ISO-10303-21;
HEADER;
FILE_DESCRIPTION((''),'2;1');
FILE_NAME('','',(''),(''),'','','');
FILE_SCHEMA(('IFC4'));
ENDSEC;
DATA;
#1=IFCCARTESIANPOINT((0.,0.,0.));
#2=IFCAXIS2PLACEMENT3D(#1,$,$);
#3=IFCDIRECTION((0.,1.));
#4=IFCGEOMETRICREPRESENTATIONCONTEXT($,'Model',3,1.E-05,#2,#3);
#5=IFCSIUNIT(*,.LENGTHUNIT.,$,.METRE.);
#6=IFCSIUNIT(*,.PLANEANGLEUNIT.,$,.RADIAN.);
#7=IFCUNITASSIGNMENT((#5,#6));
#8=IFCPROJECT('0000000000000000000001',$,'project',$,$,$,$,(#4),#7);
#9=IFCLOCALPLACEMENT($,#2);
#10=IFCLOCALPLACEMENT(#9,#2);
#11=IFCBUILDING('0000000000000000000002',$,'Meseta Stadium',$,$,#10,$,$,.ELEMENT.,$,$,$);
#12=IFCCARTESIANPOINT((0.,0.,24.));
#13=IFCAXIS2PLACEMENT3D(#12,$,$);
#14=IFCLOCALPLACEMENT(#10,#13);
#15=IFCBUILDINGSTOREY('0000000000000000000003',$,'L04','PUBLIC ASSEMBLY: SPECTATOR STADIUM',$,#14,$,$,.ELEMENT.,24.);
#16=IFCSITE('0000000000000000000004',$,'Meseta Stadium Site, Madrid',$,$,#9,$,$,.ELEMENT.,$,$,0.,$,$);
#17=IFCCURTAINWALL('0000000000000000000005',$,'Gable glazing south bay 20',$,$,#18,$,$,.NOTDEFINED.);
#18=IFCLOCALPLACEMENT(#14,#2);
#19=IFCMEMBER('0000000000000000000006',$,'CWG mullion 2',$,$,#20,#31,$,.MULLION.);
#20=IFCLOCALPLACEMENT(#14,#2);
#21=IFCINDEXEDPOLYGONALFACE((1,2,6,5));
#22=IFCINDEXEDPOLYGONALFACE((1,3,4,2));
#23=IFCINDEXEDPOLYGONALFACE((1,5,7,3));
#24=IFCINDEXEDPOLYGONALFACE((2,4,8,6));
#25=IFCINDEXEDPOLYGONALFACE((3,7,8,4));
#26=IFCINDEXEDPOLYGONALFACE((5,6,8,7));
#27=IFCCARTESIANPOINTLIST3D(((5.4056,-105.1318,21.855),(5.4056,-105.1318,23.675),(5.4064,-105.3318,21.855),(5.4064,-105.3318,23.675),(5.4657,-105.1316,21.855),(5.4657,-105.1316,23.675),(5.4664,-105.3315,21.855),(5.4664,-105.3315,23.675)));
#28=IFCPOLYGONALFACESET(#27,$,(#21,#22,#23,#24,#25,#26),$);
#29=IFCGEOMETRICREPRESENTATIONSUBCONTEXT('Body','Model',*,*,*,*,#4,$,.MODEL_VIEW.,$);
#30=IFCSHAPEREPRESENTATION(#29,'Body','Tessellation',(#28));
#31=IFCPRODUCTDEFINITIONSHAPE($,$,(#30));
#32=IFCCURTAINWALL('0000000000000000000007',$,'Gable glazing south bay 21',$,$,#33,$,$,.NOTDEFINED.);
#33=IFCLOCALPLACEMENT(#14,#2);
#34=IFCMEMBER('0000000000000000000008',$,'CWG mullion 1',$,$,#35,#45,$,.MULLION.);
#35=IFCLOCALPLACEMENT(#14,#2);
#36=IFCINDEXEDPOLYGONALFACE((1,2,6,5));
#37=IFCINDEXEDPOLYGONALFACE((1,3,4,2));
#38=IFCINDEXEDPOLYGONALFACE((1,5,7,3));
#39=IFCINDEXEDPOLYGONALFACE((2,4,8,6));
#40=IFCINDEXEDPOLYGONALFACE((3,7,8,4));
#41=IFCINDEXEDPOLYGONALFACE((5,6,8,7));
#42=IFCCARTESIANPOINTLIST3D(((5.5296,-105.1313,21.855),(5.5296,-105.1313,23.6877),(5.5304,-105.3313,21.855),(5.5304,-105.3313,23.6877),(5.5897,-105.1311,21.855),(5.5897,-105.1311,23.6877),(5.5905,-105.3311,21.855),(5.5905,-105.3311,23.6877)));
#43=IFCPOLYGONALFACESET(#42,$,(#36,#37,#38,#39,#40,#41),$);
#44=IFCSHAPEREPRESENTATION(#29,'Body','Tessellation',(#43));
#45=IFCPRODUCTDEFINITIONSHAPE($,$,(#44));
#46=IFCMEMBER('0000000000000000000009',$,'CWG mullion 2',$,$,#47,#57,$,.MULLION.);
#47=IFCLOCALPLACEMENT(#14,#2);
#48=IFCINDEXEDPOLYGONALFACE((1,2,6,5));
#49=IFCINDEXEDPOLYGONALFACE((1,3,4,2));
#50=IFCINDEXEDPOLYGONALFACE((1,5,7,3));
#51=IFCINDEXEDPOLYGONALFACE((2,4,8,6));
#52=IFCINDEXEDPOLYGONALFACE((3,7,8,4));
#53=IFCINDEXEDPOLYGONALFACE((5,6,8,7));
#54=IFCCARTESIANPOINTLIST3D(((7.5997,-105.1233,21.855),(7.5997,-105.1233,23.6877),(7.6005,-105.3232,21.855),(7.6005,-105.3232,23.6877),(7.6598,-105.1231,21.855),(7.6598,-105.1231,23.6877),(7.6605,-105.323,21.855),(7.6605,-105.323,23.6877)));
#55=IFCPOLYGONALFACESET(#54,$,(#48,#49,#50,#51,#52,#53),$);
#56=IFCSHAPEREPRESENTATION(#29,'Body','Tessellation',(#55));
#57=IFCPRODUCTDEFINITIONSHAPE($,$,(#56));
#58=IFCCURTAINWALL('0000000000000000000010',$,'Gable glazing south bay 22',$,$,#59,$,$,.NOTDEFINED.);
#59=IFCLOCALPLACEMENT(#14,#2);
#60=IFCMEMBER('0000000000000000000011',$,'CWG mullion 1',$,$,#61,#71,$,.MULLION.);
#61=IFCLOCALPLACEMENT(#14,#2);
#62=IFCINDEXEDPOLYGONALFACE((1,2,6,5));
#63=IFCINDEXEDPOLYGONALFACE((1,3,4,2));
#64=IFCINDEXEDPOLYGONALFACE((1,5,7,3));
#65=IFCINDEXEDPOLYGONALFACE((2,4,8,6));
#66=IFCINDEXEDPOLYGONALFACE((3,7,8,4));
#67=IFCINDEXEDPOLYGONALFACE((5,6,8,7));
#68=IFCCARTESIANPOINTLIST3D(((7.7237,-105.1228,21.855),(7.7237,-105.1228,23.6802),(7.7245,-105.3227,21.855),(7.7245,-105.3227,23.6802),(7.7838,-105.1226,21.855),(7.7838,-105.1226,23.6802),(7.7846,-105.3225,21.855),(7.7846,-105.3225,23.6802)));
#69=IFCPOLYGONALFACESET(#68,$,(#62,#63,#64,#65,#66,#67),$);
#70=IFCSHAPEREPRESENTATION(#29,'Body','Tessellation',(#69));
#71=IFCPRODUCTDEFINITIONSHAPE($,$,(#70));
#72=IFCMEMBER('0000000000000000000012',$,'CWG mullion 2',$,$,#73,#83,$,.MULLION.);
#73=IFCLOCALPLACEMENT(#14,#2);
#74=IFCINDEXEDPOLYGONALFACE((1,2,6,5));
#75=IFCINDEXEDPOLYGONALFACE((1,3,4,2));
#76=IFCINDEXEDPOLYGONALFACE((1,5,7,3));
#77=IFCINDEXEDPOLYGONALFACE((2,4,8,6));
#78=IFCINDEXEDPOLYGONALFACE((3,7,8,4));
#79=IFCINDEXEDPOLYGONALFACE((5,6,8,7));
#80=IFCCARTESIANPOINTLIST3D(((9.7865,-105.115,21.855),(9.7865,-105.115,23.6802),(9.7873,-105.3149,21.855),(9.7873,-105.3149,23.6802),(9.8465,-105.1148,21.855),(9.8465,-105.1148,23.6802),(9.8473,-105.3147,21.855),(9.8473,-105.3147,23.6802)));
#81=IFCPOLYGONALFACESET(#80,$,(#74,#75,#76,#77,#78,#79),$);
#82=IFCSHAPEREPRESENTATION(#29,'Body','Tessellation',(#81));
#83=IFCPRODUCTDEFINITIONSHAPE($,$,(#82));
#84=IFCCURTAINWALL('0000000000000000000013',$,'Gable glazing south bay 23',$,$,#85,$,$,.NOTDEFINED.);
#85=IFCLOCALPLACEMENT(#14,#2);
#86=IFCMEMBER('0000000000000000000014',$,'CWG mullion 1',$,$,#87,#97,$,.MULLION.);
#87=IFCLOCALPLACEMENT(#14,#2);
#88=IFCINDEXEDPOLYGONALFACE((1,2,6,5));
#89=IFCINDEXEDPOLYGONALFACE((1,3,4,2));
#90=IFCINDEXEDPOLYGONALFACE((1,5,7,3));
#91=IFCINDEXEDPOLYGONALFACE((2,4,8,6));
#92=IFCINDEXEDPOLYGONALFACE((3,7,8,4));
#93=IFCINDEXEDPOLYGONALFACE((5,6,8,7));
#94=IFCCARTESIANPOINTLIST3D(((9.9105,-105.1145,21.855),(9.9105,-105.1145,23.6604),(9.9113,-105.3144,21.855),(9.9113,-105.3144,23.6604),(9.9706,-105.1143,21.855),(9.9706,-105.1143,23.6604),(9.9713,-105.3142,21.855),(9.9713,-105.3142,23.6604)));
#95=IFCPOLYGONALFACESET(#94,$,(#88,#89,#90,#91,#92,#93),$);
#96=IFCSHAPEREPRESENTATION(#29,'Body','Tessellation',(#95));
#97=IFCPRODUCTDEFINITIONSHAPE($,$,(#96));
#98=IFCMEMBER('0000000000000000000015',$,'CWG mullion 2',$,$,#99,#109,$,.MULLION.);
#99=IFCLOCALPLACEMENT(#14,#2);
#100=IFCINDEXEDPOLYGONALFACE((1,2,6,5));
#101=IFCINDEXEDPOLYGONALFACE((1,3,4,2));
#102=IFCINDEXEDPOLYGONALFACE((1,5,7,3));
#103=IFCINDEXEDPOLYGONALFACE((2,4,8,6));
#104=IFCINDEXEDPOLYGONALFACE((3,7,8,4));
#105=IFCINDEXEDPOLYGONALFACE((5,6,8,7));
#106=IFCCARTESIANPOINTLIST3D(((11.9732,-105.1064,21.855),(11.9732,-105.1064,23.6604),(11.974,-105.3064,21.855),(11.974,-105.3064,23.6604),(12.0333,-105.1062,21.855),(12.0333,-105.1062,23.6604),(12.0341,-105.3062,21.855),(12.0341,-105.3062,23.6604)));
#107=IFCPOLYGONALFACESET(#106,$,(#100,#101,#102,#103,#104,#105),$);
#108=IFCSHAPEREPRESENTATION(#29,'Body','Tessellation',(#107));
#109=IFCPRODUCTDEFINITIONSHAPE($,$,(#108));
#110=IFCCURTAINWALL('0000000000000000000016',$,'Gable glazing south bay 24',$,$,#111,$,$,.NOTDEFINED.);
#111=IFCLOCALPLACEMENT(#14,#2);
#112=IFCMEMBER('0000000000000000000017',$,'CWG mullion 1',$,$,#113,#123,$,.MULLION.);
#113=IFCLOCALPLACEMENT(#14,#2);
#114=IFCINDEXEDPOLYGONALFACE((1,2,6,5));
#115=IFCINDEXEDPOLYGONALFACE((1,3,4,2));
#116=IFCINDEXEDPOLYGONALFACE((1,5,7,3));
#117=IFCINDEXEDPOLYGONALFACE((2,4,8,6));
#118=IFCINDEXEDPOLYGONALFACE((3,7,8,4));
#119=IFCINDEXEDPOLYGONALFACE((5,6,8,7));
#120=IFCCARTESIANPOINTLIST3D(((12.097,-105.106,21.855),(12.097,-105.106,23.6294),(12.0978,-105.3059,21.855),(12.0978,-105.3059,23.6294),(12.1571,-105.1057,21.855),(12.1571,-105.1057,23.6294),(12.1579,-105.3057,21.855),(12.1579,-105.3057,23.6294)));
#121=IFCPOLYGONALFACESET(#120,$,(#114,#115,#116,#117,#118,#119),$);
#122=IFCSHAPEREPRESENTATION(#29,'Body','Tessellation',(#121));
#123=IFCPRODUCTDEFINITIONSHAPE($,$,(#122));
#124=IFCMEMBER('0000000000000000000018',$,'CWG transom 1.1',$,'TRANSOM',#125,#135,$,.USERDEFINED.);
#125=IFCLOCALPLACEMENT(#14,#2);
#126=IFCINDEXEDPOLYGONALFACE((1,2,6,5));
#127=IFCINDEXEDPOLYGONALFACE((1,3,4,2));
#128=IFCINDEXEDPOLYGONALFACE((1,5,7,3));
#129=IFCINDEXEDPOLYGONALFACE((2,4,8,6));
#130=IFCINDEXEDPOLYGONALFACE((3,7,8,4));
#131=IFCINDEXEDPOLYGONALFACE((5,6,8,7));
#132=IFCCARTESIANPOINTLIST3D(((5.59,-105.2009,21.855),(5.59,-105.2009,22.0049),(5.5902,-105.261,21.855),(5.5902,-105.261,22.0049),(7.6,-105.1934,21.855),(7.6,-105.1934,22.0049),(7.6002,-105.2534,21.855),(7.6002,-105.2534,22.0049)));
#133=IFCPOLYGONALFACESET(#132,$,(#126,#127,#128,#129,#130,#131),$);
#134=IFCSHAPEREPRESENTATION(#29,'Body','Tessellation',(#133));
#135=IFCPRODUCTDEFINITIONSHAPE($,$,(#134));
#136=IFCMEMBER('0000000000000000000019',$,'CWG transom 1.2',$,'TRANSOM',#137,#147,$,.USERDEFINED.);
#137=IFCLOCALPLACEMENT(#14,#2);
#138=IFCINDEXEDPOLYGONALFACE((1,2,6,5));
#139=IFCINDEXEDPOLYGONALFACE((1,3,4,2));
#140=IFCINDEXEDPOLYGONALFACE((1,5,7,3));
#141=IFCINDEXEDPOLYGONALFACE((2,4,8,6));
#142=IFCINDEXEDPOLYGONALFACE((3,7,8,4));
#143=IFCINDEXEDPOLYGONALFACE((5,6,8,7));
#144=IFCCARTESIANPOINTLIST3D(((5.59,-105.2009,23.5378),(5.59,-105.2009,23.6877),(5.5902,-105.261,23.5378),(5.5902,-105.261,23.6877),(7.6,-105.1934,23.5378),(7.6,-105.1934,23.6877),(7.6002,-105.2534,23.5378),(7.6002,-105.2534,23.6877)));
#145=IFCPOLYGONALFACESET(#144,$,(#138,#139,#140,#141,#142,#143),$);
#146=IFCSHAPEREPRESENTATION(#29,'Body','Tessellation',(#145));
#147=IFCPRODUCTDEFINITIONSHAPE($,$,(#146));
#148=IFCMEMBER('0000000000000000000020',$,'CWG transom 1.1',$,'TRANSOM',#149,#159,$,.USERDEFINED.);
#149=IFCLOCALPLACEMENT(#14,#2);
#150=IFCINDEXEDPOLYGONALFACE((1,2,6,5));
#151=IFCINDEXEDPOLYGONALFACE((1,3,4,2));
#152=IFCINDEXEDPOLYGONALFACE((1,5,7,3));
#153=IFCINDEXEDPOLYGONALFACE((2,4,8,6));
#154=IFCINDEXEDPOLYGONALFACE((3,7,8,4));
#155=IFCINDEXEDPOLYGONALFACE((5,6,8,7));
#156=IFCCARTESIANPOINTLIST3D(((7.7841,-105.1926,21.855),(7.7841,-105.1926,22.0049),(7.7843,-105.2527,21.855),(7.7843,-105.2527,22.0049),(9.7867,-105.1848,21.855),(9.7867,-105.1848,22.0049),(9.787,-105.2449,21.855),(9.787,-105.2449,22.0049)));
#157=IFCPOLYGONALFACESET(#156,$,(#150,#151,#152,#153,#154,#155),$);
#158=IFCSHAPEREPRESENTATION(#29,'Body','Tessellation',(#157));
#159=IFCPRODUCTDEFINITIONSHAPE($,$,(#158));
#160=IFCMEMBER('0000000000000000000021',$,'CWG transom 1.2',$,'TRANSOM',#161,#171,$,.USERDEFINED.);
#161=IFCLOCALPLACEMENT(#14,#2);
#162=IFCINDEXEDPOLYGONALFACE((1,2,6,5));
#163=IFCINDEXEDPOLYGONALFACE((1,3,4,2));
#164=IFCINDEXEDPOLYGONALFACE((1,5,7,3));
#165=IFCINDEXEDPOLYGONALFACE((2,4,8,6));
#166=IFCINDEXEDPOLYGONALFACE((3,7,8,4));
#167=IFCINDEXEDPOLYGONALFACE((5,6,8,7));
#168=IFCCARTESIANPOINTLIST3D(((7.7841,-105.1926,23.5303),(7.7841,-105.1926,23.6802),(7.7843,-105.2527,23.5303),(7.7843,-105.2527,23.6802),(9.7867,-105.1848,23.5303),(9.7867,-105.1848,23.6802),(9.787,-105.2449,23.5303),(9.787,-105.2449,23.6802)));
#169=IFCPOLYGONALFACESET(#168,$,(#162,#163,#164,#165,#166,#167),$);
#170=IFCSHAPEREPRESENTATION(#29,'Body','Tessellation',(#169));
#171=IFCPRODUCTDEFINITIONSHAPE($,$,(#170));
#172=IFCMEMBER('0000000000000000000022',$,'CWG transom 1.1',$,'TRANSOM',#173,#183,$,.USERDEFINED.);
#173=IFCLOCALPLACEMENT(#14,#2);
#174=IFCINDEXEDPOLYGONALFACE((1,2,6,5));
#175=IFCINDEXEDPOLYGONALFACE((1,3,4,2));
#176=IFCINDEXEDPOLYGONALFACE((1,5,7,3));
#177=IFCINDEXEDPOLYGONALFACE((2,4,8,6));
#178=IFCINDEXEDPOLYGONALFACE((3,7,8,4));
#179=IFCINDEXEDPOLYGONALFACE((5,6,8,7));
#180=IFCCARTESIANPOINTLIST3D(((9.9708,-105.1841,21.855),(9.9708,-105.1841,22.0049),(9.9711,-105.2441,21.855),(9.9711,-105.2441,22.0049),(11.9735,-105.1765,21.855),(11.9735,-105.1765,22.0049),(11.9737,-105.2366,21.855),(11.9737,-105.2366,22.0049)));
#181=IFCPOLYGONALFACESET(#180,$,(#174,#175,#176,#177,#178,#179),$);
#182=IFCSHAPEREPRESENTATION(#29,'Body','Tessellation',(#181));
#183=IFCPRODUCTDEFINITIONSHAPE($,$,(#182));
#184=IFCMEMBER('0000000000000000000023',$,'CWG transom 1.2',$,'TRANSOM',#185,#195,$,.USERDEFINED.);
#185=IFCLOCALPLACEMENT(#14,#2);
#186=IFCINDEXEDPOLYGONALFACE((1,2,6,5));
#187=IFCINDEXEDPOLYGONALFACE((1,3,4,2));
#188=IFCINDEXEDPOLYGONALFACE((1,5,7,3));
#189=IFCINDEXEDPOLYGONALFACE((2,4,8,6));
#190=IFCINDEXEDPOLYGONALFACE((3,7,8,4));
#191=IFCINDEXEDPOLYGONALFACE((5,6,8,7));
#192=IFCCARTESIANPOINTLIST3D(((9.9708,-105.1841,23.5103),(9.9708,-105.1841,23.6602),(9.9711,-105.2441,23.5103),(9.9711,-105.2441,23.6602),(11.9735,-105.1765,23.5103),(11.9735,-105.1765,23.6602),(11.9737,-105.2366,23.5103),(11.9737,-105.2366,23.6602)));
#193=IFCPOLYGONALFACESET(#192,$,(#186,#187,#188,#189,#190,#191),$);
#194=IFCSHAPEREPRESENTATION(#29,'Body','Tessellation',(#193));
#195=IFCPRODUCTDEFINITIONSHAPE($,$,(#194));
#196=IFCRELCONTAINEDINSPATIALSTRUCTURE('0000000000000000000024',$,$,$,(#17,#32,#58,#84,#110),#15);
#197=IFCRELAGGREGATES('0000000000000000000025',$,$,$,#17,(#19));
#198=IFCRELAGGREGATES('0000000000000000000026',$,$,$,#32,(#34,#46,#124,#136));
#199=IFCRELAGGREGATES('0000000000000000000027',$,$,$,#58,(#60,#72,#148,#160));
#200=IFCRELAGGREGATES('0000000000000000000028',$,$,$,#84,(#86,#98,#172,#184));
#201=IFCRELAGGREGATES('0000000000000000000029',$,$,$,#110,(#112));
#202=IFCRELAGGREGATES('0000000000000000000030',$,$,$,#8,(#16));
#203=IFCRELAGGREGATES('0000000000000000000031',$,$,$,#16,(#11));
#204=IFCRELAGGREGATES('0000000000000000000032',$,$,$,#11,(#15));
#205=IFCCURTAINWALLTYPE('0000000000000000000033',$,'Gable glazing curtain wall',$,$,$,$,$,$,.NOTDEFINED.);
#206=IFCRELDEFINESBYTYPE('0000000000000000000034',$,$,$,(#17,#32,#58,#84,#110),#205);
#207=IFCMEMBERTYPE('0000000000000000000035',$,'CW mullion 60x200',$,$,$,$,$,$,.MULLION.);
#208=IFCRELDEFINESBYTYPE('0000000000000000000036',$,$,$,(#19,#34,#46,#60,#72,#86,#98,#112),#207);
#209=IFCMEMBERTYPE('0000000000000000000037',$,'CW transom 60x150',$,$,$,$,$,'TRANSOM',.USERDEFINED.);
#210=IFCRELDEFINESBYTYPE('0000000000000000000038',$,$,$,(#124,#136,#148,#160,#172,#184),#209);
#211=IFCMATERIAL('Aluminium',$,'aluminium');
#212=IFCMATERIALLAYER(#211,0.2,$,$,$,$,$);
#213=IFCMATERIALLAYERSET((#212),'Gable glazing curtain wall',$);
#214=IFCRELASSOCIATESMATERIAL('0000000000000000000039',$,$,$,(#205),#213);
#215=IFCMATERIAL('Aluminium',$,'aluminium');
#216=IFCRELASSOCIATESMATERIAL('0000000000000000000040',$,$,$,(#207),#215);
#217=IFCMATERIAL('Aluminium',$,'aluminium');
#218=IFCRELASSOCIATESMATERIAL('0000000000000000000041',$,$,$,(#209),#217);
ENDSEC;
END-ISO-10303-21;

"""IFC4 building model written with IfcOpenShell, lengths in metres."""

from ifc_helpers import new_model, si_unit, direction, frame, origin, origin_2d, place, context, subcontext, project, spatial, rectangle, extrude, material, layer, layer_set, material_profile, profile_set, type_object, element, aggregate, save


model = new_model("IFC4")

# Units and contexts
model_context = context("Model", 3, precision=1e-05, world=origin(), true_north=direction((0.0, 1.0)))
body_context = subcontext(model_context, "Body", "Model", "MODEL_VIEW")
ifc_project = project(units=[si_unit("LENGTHUNIT", "METRE"), si_unit("PLANEANGLEUNIT", "RADIAN")], contexts=[model_context])

# Site, building, storey
site_placement = place(None, origin())
site = spatial("IfcSite", under=ifc_project, at=site_placement, Name="Meseta Stadium Site, Madrid", CompositionType="ELEMENT", RefElevation=0.0)
building_placement = place(site_placement, origin())
building = spatial("IfcBuilding", under=site, at=building_placement, Name="Meseta Stadium", CompositionType="ELEMENT")
storey_placement = place(building_placement, frame((0.0, 0.0, 24.0)))
storey = spatial("IfcBuildingStorey", under=building, at=storey_placement, Name="L04", Description="PUBLIC ASSEMBLY: SPECTATOR STADIUM", CompositionType="ELEMENT", Elevation=24.0)

# Curtain wall, member
ifc_material_1 = material(Name="Aluminium", Category="aluminium")
ifc_layer_1 = layer(ifc_material_1, 0.2)
ifc_layer_set_1 = layer_set([ifc_layer_1], Name="Gable glazing curtain wall")
curtain_wall_type = type_object("IfcCurtainWallType", Name="Gable glazing curtain wall", PredefinedType="NOTDEFINED", material=ifc_layer_set_1)
curtain_wall_1_placement = place(storey_placement, origin())
curtain_wall_1 = element("IfcCurtainWall", 1, at=curtain_wall_1_placement, inside=storey, type_object=curtain_wall_type, Name="Gable glazing south bay 20", PredefinedType="NOTDEFINED")
ifc_material_2 = material(Name="Aluminium", Category="aluminium")
ifc_material_profile_1 = material_profile(ifc_material_2, rectangle(XDim=0.2, YDim=0.0601, at=origin_2d()), Name="CW 200x60")
ifc_profile_set_1 = profile_set([ifc_material_profile_1], Name="Aluminium")
member_type_1 = type_object("IfcMemberType", Name="CW mullion 60x200", PredefinedType="MULLION", material=ifc_profile_set_1)
member_1_placement = place(storey_placement, frame((5.436, -105.2317, 21.855), z_axis=(0.0, 0.0, 1.0), x_axis=(-0.003848, 0.999993, 0.0)))
member_1 = element("IfcMember", 2, at=member_1_placement, type_object=member_type_1, Name="CWG mullion 2", PredefinedType="MULLION", context=body_context, shape_type="SweptSolid", body=[
    extrude(rectangle(XDim=0.2, YDim=0.0601, at=origin_2d()), origin(), (0.0, 0.0, 1.0), 1.8201),
])
aggregate(curtain_wall_1, [member_1])

# Curtain walls, members
curtain_wall_2_placement = place(storey_placement, origin())
curtain_wall_2 = element("IfcCurtainWall", 3, at=curtain_wall_2_placement, inside=storey, type_object=curtain_wall_type, Name="Gable glazing south bay 21", PredefinedType="NOTDEFINED")
member_2_placement = place(storey_placement, frame((5.5601, -105.2312, 21.855), z_axis=(0.0, 0.0, 1.0), x_axis=(-0.003848, 0.999993, 0.0)))
member_2 = element("IfcMember", 4, at=member_2_placement, type_object=member_type_1, Name="CWG mullion 1", PredefinedType="MULLION", context=body_context, shape_type="SweptSolid", body=[
    extrude(rectangle(XDim=0.2, YDim=0.0601, at=origin_2d()), origin(), (0.0, 0.0, 1.0), 1.8328),
])
member_3_placement = place(storey_placement, frame((7.6301, -105.2231, 21.855), z_axis=(0.0, 0.0, 1.0), x_axis=(-0.003848, 0.999993, 0.0)))
member_3 = element("IfcMember", 5, at=member_3_placement, type_object=member_type_1, Name="CWG mullion 2", PredefinedType="MULLION", context=body_context, shape_type="SweptSolid", body=[
    extrude(rectangle(XDim=0.2, YDim=0.0601, at=origin_2d()), origin(), (0.0, 0.0, 1.0), 1.8328),
])
curtain_wall_3_placement = place(storey_placement, origin())
curtain_wall_3 = element("IfcCurtainWall", 6, at=curtain_wall_3_placement, inside=storey, type_object=curtain_wall_type, Name="Gable glazing south bay 22", PredefinedType="NOTDEFINED")
member_4_placement = place(storey_placement, frame((7.7542, -105.2227, 21.855), z_axis=(0.0, 0.0, 1.0), x_axis=(-0.003848, 0.999993, 0.0)))
member_4 = element("IfcMember", 7, at=member_4_placement, type_object=member_type_1, Name="CWG mullion 1", PredefinedType="MULLION", context=body_context, shape_type="SweptSolid", body=[
    extrude(rectangle(XDim=0.2, YDim=0.0601, at=origin_2d()), origin(), (0.0, 0.0, 1.0), 1.8252),
])
member_5_placement = place(storey_placement, frame((9.8169, -105.2148, 21.855), z_axis=(0.0, 0.0, 1.0), x_axis=(-0.003848, 0.999993, 0.0)))
member_5 = element("IfcMember", 8, at=member_5_placement, type_object=member_type_1, Name="CWG mullion 2", PredefinedType="MULLION", context=body_context, shape_type="SweptSolid", body=[
    extrude(rectangle(XDim=0.2, YDim=0.0601, at=origin_2d()), origin(), (0.0, 0.0, 1.0), 1.8252),
])
curtain_wall_4_placement = place(storey_placement, origin())
curtain_wall_4 = element("IfcCurtainWall", 9, at=curtain_wall_4_placement, inside=storey, type_object=curtain_wall_type, Name="Gable glazing south bay 23", PredefinedType="NOTDEFINED")
member_6_placement = place(storey_placement, frame((9.9409, -105.2144, 21.855), z_axis=(0.0, 0.0, 1.0), x_axis=(-0.003848, 0.999993, 0.0)))
member_6 = element("IfcMember", 10, at=member_6_placement, type_object=member_type_1, Name="CWG mullion 1", PredefinedType="MULLION", context=body_context, shape_type="SweptSolid", body=[
    extrude(rectangle(XDim=0.2, YDim=0.0601, at=origin_2d()), origin(), (0.0, 0.0, 1.0), 1.8054),
])
member_7_placement = place(storey_placement, frame((12.0037, -105.2063, 21.855), z_axis=(0.0, 0.0, 1.0), x_axis=(-0.003848, 0.999993, 0.0)))
member_7 = element("IfcMember", 11, at=member_7_placement, type_object=member_type_1, Name="CWG mullion 2", PredefinedType="MULLION", context=body_context, shape_type="SweptSolid", body=[
    extrude(rectangle(XDim=0.2, YDim=0.0601, at=origin_2d()), origin(), (0.0, 0.0, 1.0), 1.8054),
])

# Curtain wall, member
curtain_wall_5_placement = place(storey_placement, origin())
curtain_wall_5 = element("IfcCurtainWall", 12, at=curtain_wall_5_placement, inside=storey, type_object=curtain_wall_type, Name="Gable glazing south bay 24", PredefinedType="NOTDEFINED")
member_8_placement = place(storey_placement, frame((12.1274, -105.2058, 21.855), z_axis=(0.0, 0.0, 1.0), x_axis=(-0.003848, 0.999993, 0.0)))
member_8 = element("IfcMember", 13, at=member_8_placement, type_object=member_type_1, Name="CWG mullion 1", PredefinedType="MULLION", context=body_context, shape_type="SweptSolid", body=[
    extrude(rectangle(XDim=0.2, YDim=0.0601, at=origin_2d()), origin(), (0.0, 0.0, 1.0), 1.7744),
])

# Members
ifc_material_3 = material(Name="Aluminium", Category="aluminium")
ifc_material_profile_2 = material_profile(ifc_material_3, rectangle(XDim=0.0601, YDim=0.1499, at=origin_2d()), Name="CW 60x150")
ifc_profile_set_2 = profile_set([ifc_material_profile_2], Name="Aluminium")
member_type_2 = type_object("IfcMemberType", Name="CW transom 60x150", ElementType="TRANSOM", PredefinedType="USERDEFINED", material=ifc_profile_set_2)
member_9_placement = place(storey_placement, frame((5.5901, -105.231, 21.9299), z_axis=(0.999993, 0.003765, 0.0), x_axis=(-0.003765, 0.999993, 0.0)))
member_9 = element("IfcMember", 14, at=member_9_placement, type_object=member_type_2, Name="CWG transom 1.1", ObjectType="TRANSOM", PredefinedType="USERDEFINED", context=body_context, shape_type="SweptSolid", body=[
    extrude(rectangle(XDim=0.0601, YDim=0.1499, at=origin_2d()), origin(), (0.0, 0.0, 1.0), 2.01),
])
member_10_placement = place(storey_placement, frame((5.5901, -105.231, 23.6128), z_axis=(0.999993, 0.003765, 0.0), x_axis=(-0.003765, 0.999993, 0.0)))
member_10 = element("IfcMember", 15, at=member_10_placement, type_object=member_type_2, Name="CWG transom 1.2", ObjectType="TRANSOM", PredefinedType="USERDEFINED", context=body_context, shape_type="SweptSolid", body=[
    extrude(rectangle(XDim=0.0601, YDim=0.1499, at=origin_2d()), origin(), (0.0, 0.0, 1.0), 2.01),
])
member_11_placement = place(storey_placement, frame((7.7842, -105.2227, 21.9299), z_axis=(0.999992, 0.003901, 0.0), x_axis=(-0.003901, 0.999992, 0.0)))
member_11 = element("IfcMember", 16, at=member_11_placement, type_object=member_type_2, Name="CWG transom 1.1", ObjectType="TRANSOM", PredefinedType="USERDEFINED", context=body_context, shape_type="SweptSolid", body=[
    extrude(rectangle(XDim=0.0601, YDim=0.1499, at=origin_2d()), origin(), (0.0, 0.0, 1.0), 2.0027),
])
member_12_placement = place(storey_placement, frame((7.7842, -105.2227, 23.6052), z_axis=(0.999992, 0.003901, 0.0), x_axis=(-0.003901, 0.999992, 0.0)))
member_12 = element("IfcMember", 17, at=member_12_placement, type_object=member_type_2, Name="CWG transom 1.2", ObjectType="TRANSOM", PredefinedType="USERDEFINED", context=body_context, shape_type="SweptSolid", body=[
    extrude(rectangle(XDim=0.0601, YDim=0.1499, at=origin_2d()), origin(), (0.0, 0.0, 1.0), 2.0027),
])
member_13_placement = place(storey_placement, frame((9.9709, -105.2141, 21.9299), z_axis=(0.999993, 0.003779, 0.0), x_axis=(-0.003779, 0.999993, 0.0)))
member_13 = element("IfcMember", 18, at=member_13_placement, type_object=member_type_2, Name="CWG transom 1.1", ObjectType="TRANSOM", PredefinedType="USERDEFINED", context=body_context, shape_type="SweptSolid", body=[
    extrude(rectangle(XDim=0.0601, YDim=0.1499, at=origin_2d()), origin(), (0.0, 0.0, 1.0), 2.0027),
])
member_14_placement = place(storey_placement, frame((9.9709, -105.2141, 23.5852), z_axis=(0.999993, 0.003779, 0.0), x_axis=(-0.003779, 0.999993, 0.0)))
member_14 = element("IfcMember", 19, at=member_14_placement, type_object=member_type_2, Name="CWG transom 1.2", ObjectType="TRANSOM", PredefinedType="USERDEFINED", context=body_context, shape_type="SweptSolid", body=[
    extrude(rectangle(XDim=0.0601, YDim=0.1499, at=origin_2d()), origin(), (0.0, 0.0, 1.0), 2.0027),
])

aggregate(curtain_wall_2, [member_2, member_3, member_9, member_10])
aggregate(curtain_wall_3, [member_4, member_5, member_11, member_12])
aggregate(curtain_wall_4, [member_6, member_7, member_13, member_14])
aggregate(curtain_wall_5, [member_8])

save(model, "model.ifc")
